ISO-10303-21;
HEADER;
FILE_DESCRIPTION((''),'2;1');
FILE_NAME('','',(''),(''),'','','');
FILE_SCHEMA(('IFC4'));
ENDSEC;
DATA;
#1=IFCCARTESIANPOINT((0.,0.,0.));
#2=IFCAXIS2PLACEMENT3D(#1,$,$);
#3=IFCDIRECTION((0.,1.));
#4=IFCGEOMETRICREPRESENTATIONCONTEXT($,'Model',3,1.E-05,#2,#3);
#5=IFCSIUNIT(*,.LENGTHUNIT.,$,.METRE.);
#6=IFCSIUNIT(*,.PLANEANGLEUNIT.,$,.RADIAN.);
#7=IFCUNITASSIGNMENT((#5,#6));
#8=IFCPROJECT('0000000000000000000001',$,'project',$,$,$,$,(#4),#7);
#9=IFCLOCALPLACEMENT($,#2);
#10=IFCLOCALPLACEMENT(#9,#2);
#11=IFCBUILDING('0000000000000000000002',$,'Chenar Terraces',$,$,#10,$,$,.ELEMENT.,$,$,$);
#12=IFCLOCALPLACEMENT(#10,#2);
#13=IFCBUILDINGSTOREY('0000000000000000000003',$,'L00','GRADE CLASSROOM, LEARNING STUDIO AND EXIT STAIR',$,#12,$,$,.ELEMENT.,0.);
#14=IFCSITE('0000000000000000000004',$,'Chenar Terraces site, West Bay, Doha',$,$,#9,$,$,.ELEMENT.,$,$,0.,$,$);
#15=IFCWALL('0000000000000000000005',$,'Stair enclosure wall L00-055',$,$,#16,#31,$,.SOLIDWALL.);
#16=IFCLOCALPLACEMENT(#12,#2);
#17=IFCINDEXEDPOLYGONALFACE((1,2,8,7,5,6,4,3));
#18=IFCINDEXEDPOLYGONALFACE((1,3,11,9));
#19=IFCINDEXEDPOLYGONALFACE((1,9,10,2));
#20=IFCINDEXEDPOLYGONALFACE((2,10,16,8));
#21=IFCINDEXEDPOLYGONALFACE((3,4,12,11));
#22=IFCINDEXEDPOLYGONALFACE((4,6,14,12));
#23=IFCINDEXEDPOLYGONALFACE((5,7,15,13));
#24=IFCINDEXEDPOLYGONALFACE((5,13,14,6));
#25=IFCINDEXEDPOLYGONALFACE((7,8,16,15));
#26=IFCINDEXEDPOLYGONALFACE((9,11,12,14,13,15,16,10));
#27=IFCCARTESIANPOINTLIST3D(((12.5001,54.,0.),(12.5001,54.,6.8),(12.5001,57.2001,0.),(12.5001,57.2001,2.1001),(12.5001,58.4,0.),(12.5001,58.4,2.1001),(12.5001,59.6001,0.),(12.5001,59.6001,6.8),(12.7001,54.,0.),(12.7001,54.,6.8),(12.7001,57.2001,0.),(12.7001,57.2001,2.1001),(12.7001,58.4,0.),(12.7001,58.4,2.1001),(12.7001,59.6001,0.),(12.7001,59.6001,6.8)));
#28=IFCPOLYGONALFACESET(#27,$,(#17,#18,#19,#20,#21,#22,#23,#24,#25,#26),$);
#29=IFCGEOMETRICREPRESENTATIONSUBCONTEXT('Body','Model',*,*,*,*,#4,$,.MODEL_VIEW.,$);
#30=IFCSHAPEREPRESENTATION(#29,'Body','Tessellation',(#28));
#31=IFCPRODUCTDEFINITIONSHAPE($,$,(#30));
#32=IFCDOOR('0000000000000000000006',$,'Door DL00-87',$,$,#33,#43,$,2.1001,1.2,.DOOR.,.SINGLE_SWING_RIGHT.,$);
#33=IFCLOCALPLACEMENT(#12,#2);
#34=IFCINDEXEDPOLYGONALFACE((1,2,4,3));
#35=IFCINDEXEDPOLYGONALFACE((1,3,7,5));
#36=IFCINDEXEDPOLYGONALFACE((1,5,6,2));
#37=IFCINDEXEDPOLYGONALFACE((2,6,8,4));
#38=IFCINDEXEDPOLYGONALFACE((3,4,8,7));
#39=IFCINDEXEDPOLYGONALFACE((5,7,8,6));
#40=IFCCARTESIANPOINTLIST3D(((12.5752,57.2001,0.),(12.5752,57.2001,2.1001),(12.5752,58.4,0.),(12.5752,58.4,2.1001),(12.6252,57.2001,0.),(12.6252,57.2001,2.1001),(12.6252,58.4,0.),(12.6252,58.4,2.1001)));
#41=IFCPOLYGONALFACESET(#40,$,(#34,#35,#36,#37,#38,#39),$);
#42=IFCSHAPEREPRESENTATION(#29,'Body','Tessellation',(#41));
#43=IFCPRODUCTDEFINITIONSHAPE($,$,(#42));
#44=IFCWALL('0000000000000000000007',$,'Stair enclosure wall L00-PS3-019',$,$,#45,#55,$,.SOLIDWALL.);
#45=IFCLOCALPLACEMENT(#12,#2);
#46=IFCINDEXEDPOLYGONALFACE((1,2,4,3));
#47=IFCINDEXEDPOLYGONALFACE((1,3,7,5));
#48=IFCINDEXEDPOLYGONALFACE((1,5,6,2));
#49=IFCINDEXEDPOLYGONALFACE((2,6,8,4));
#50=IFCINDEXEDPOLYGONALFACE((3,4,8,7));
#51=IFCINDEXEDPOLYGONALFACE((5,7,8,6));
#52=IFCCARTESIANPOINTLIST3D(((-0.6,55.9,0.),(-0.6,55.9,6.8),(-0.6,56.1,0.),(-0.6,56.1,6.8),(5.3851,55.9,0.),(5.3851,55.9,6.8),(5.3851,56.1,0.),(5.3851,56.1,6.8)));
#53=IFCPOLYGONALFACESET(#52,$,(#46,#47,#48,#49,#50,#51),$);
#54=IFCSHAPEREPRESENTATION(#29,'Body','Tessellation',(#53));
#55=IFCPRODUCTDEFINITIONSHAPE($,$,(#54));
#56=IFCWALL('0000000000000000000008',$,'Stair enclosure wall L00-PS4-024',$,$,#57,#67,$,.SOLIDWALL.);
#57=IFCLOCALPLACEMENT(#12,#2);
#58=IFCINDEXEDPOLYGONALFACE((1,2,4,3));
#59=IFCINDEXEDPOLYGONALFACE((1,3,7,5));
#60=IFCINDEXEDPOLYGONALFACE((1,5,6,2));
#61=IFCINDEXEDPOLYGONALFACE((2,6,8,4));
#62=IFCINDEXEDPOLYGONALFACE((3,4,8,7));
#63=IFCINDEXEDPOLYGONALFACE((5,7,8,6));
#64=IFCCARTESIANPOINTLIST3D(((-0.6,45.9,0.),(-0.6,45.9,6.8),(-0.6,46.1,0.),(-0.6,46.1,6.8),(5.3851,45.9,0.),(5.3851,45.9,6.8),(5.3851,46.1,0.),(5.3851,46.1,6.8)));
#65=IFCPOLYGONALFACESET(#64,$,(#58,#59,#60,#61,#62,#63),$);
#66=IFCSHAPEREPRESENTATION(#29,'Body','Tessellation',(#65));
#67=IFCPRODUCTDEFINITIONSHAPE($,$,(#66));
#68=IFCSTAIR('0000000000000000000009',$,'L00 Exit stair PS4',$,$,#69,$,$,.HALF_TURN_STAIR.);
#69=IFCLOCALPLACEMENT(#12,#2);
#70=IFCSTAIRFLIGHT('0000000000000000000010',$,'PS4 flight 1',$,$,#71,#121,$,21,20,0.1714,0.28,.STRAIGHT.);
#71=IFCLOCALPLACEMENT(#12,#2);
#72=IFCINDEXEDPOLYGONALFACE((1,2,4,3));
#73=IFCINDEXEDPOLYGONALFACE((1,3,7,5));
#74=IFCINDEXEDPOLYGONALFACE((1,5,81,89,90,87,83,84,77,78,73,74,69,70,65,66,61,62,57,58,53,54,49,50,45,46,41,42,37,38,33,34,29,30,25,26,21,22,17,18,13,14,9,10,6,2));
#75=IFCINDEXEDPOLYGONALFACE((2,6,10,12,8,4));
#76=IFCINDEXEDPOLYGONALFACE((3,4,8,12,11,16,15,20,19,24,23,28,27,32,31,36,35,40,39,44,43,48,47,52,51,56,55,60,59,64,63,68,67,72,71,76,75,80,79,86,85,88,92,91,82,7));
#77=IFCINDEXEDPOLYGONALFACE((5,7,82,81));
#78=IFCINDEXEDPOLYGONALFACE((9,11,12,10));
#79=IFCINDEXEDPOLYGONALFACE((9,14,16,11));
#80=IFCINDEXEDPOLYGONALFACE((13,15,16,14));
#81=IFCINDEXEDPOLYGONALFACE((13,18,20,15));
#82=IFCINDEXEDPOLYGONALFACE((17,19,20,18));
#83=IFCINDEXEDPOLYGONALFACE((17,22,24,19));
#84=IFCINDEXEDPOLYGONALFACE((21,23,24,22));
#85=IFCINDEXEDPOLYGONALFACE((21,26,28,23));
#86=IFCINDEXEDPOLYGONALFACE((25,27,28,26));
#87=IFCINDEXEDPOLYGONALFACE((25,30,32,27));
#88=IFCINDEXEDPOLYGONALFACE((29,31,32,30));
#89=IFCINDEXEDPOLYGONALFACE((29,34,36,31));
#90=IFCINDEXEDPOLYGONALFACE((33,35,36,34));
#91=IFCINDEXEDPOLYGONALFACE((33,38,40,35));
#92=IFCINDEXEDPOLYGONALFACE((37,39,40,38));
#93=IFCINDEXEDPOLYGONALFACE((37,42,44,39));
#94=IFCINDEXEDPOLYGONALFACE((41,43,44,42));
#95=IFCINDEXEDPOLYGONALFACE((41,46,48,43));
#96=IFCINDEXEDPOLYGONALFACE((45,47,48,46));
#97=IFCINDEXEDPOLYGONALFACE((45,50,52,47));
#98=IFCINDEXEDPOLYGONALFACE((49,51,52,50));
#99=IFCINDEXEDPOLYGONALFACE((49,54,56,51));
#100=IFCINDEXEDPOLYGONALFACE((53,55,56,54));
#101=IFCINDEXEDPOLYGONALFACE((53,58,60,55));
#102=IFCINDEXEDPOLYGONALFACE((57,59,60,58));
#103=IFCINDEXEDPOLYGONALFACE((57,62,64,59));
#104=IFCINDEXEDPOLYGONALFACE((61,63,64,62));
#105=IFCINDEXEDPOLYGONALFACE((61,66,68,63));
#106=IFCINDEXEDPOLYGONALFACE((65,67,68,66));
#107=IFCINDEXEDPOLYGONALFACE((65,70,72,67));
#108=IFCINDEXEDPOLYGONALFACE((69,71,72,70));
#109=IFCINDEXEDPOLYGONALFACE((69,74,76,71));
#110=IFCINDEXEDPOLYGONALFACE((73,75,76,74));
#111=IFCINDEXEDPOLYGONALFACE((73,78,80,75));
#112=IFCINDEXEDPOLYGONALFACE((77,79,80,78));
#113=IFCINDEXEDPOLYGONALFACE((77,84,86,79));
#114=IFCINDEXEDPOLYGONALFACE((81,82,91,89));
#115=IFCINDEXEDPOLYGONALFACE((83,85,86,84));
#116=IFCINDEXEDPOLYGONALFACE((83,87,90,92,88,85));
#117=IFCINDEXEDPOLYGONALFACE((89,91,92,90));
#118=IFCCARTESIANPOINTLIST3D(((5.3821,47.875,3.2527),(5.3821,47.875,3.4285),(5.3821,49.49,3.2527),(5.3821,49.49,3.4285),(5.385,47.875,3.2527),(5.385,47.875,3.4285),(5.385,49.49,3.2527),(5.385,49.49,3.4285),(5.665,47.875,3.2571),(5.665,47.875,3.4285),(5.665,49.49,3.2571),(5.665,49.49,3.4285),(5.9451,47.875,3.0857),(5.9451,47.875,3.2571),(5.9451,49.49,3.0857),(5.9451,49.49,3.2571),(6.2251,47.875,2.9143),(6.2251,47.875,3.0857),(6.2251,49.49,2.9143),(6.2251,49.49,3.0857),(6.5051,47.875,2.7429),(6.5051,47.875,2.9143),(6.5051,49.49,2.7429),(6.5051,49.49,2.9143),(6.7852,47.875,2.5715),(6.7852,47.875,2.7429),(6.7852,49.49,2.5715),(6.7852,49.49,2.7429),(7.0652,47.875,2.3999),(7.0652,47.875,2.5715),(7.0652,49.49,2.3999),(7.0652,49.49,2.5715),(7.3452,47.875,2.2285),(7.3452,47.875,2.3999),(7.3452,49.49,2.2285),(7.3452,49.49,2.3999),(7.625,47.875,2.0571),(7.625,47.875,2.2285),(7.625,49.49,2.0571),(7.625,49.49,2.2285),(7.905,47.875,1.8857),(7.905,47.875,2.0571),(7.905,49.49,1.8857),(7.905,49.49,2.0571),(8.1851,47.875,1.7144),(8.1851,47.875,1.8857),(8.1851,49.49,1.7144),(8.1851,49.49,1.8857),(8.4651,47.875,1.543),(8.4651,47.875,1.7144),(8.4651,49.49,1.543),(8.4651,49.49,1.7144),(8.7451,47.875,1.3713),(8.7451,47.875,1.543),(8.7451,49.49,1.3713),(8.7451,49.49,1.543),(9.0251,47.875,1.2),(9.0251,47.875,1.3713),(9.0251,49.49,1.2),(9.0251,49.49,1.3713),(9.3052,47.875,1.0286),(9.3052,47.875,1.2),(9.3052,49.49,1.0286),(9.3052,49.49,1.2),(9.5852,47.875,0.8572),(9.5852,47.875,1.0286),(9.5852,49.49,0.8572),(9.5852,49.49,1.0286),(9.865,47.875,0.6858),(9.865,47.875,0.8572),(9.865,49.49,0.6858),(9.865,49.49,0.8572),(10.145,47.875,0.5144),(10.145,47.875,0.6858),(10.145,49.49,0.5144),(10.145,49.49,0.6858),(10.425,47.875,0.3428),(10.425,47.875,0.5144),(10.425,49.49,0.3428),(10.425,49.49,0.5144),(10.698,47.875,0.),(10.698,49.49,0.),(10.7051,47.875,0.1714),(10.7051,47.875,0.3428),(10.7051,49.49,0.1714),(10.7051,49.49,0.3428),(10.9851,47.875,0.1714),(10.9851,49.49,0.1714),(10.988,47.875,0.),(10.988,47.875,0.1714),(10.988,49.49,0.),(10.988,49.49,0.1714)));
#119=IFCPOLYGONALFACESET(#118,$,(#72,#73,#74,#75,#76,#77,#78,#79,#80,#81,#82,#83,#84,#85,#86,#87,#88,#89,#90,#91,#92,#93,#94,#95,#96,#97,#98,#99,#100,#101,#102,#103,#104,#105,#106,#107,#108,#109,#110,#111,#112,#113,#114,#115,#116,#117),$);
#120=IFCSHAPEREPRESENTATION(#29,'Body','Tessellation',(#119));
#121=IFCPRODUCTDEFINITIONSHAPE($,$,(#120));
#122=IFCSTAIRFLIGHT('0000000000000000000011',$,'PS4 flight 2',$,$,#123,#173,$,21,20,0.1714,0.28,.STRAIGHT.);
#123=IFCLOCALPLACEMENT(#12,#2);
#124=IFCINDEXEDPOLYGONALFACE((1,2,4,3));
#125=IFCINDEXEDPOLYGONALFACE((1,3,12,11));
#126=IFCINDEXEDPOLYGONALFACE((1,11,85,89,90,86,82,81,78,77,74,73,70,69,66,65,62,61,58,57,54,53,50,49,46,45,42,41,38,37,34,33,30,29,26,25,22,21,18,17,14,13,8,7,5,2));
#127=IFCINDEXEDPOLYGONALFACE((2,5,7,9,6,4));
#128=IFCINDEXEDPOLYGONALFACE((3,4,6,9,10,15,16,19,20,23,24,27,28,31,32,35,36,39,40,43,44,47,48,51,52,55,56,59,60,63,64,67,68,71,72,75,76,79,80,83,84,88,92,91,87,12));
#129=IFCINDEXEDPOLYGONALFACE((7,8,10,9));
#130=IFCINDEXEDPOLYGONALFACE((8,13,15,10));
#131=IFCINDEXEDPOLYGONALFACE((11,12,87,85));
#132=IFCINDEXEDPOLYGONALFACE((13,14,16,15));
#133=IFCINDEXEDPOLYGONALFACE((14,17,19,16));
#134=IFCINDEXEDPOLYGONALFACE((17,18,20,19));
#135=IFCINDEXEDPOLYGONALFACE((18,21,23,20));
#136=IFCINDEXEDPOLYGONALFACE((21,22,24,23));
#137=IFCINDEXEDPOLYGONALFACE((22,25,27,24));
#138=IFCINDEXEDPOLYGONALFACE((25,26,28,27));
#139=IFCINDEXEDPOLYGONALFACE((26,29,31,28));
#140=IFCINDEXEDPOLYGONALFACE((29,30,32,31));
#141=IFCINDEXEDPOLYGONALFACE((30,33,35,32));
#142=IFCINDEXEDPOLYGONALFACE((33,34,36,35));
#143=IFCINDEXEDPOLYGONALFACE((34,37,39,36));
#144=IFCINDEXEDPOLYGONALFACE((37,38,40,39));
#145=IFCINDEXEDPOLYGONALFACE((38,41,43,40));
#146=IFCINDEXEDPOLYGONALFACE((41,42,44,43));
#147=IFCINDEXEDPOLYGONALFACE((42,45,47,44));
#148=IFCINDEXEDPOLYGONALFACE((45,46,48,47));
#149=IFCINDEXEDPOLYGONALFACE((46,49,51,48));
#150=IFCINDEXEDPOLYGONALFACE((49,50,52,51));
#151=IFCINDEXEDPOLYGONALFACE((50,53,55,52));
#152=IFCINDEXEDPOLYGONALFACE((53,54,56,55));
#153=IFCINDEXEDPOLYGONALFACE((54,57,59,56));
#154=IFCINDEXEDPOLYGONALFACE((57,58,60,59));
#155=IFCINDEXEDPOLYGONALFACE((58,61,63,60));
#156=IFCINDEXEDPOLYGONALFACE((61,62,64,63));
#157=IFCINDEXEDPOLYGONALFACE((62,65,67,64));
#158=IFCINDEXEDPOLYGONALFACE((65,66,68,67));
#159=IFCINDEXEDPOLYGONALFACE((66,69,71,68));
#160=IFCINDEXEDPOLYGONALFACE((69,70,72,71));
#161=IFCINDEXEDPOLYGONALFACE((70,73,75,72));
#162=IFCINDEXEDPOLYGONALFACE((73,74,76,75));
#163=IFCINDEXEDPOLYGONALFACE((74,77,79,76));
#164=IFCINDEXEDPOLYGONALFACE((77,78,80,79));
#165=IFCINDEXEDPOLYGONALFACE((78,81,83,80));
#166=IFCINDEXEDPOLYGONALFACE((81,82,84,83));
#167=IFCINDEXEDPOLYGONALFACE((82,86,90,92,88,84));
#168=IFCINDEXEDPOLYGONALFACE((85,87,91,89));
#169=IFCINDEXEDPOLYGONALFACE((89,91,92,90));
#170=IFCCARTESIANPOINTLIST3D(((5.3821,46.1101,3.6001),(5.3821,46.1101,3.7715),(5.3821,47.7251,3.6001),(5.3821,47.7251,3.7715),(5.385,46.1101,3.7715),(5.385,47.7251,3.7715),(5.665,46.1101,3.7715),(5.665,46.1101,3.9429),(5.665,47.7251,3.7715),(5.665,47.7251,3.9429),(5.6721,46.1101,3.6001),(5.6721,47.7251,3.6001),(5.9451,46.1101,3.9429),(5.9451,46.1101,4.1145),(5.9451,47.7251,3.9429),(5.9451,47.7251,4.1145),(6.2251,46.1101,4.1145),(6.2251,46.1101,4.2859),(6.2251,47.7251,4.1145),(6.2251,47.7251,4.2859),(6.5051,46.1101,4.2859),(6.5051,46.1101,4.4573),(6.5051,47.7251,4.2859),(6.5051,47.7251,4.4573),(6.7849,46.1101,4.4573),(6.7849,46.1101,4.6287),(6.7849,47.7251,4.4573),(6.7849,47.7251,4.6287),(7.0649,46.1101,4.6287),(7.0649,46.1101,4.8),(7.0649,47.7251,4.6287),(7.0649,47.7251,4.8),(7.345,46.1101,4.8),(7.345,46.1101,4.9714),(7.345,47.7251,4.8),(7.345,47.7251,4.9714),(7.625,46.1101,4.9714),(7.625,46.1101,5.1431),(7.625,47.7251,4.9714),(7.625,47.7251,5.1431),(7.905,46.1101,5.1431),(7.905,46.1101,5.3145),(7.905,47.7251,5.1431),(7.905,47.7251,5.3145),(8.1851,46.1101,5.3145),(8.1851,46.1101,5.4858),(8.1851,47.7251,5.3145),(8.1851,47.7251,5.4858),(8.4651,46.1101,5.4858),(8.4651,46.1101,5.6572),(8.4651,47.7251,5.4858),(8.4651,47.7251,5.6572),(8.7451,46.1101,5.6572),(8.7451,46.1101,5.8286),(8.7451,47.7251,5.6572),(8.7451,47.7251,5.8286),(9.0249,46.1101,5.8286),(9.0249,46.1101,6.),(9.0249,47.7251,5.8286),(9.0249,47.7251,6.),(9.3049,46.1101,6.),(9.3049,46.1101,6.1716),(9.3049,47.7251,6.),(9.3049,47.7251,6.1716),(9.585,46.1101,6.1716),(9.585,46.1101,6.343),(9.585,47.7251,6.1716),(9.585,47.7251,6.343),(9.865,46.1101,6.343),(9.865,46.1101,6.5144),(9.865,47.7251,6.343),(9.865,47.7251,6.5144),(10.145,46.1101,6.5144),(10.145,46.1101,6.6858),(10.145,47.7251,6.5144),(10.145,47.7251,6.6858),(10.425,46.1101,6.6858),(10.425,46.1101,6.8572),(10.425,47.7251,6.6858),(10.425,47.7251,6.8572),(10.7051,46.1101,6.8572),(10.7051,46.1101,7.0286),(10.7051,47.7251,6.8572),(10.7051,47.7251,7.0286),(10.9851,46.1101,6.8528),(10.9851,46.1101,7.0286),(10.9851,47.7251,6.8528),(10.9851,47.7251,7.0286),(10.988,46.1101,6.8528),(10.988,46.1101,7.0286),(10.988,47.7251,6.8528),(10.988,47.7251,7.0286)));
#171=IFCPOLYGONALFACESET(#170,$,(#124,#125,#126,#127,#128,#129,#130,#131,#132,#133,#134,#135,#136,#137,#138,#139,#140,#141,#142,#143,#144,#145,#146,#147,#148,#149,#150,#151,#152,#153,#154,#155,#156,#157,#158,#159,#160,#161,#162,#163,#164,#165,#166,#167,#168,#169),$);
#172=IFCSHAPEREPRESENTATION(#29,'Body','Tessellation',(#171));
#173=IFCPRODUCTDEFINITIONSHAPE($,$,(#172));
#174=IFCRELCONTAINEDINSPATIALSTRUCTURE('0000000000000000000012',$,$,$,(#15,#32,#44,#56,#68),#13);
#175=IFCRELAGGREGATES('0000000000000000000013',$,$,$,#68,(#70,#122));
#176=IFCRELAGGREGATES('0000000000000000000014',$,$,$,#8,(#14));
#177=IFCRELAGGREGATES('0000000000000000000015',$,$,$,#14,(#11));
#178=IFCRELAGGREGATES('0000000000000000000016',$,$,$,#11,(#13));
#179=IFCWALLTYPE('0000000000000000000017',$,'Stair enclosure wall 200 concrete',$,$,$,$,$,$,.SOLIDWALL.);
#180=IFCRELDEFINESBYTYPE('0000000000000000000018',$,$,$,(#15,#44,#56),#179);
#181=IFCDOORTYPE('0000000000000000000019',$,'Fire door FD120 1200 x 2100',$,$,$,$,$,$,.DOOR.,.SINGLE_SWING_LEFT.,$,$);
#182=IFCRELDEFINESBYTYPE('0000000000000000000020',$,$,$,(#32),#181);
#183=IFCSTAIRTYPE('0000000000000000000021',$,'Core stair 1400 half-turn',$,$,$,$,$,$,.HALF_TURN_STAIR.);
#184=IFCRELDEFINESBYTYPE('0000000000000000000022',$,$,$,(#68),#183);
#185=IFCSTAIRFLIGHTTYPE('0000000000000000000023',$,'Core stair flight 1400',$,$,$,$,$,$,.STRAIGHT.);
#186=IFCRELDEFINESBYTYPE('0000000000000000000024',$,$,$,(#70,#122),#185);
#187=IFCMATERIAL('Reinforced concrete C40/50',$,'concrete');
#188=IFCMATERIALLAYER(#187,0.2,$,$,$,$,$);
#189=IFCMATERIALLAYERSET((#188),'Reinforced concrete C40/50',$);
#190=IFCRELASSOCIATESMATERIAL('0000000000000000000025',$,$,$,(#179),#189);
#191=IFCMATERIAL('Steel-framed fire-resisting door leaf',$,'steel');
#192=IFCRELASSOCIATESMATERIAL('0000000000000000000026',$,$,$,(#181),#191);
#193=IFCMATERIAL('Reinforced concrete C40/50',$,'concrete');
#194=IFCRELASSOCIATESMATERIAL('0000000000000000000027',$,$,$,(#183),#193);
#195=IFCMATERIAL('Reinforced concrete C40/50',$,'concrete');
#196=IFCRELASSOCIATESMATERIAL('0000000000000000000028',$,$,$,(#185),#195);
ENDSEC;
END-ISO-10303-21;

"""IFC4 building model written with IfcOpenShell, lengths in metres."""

from ifc_helpers import new_model, si_unit, direction, frame, frame_2d, origin, place, context, subcontext, project, spatial, polyline, rectangle, outline, extrude, material, layer, layer_set, type_object, element, fill, aggregate, save


model = new_model("IFC4")

# Units and contexts
model_context = context("Model", 3, precision=1e-05, world=origin(), true_north=direction((0.0, 1.0)))
body_context = subcontext(model_context, "Body", "Model", "MODEL_VIEW")
ifc_project = project(units=[si_unit("LENGTHUNIT", "METRE"), si_unit("PLANEANGLEUNIT", "RADIAN")], contexts=[model_context])

# Site, building, storey
site_placement = place(None, origin())
site = spatial("IfcSite", under=ifc_project, at=site_placement, Name="Chenar Terraces site, West Bay, Doha", CompositionType="ELEMENT", RefElevation=0.0)
building_placement = place(site_placement, origin())
building = spatial("IfcBuilding", under=site, at=building_placement, Name="Chenar Terraces", CompositionType="ELEMENT")
storey_placement = place(building_placement, origin())
storey = spatial("IfcBuildingStorey", under=building, at=storey_placement, Name="L00", Description="GRADE CLASSROOM, LEARNING STUDIO AND EXIT STAIR", CompositionType="ELEMENT", Elevation=0.0)

# Shared definitions
ifc_material_1 = material(Name="Reinforced concrete C40/50", Category="concrete")
ifc_layer_1 = layer(ifc_material_1, 0.2)
ifc_layer_set_1 = layer_set([ifc_layer_1], Name="Reinforced concrete C40/50")
wall_type_1 = type_object("IfcWallType", Name="Stair enclosure wall 200 concrete", PredefinedType="SOLIDWALL", material=ifc_layer_set_1)

# Wall, opening, door
ifc_material_2 = material(Name="Steel-framed fire-resisting door leaf", Category="steel")
door_type_1 = type_object("IfcDoorType", Name="Fire door FD120 1200 x 2100", OperationType="SINGLE_SWING_LEFT", PredefinedType="DOOR", material=ifc_material_2)
wall_1_placement = place(storey_placement, frame((12.6001, 54.0, 0.0), z_axis=(0.0, 0.0, 1.0), x_axis=(0.0, 1.0, 0.0)))
wall_1 = element("IfcWall", 1, at=wall_1_placement, inside=storey, type_object=wall_type_1, Name="Stair enclosure wall L00-055", PredefinedType="SOLIDWALL", context=body_context, shape_type="SweptSolid", body=[
    extrude(rectangle(XDim=5.6001, YDim=0.2, at=frame_2d((2.8, 0.0))), origin(), (0.0, 0.0, 1.0), 6.8),
])
opening_1_placement = place(wall_1_placement, frame((3.2, 0.0, 0.0)))
opening_1 = element("IfcOpeningElement", 2, at=opening_1_placement, cuts=wall_1, PredefinedType="OPENING", context=body_context, shape_type="SweptSolid", body=[
    extrude(rectangle(XDim=1.2, YDim=2.1001, at=frame_2d((0.6001, 1.05))), frame((0.0, 0.1099, 0.0), z_axis=(0.0, -1.0, 0.0), x_axis=(1.0, 0.0, 0.0)), (0.0, 0.0, 1.0), 0.22),
])
door_1_placement = place(opening_1_placement, origin())
door_1 = element("IfcDoor", 3, at=door_1_placement, inside=storey, type_object=door_type_1, Name="Door DL00-87", OperationType="SINGLE_SWING_RIGHT", OverallHeight=2.1001, OverallWidth=1.2, PredefinedType="DOOR", context=body_context, shape_type="SweptSolid", body=[
    extrude(rectangle(XDim=1.2, YDim=2.1001, at=frame_2d((0.6001, 1.05))), frame((0.0, 0.0249, 0.0), z_axis=(0.0, -1.0, 0.0), x_axis=(1.0, 0.0, 0.0)), (0.0, 0.0, 1.0), 0.05),
])
fill(opening_1, door_1)

# Walls
for number, where, z_axis, x_axis, name in (
    (4, (-0.6001, 56.0, 0.0), (0.0, 0.0, 1.0), (1.0, 0.0, 0.0), "Stair enclosure wall L00-PS3-019"),
    (5, (-0.6001, 46.0, 0.0), (0.0, 0.0, 1.0), (1.0, 0.0, 0.0), "Stair enclosure wall L00-PS4-024"),
):
    element("IfcWall", number, at=place(storey_placement, frame(where, z_axis=z_axis, x_axis=x_axis)), inside=storey, type_object=wall_type_1, Name=name, PredefinedType="SOLIDWALL", context=body_context, shape_type="SweptSolid", body=[
        extrude(rectangle(XDim=5.9851, YDim=0.2, at=frame_2d((2.9927, 0.0))), origin(), (0.0, 0.0, 1.0), 6.8),
    ])

# Stair, stair flights
ifc_material_3 = material(Name="Reinforced concrete C40/50", Category="concrete")
stair_type = type_object("IfcStairType", Name="Core stair 1400 half-turn", PredefinedType="HALF_TURN_STAIR", material=ifc_material_3)
stair_placement = place(storey_placement, origin())
stair = element("IfcStair", 6, at=stair_placement, inside=storey, type_object=stair_type, Name="L00 Exit stair PS4", PredefinedType="HALF_TURN_STAIR")
ifc_material_4 = material(Name="Reinforced concrete C40/50", Category="concrete")
stair_flight_type = type_object("IfcStairFlightType", Name="Core stair flight 1400", PredefinedType="STRAIGHT", material=ifc_material_4)
stair_flight_1_placement = place(storey_placement, frame((10.9851, 48.6826, 0.0), z_axis=(0.0, 0.0, 1.0), x_axis=(-1.0, 0.0, 0.0)))
stair_flight_1 = element("IfcStairFlight", 7, at=stair_flight_1_placement, type_object=stair_flight_type, Name="PS4 flight 1", NumberOfRisers=21, NumberOfTreads=20, PredefinedType="STRAIGHT", RiserHeight=0.1714, TreadLength=0.28, context=body_context, shape_type="SweptSolid", body=[
    extrude(outline(polyline([(-0.0029, 0.0), (-0.0029, 0.1714), (0.0, 0.1714), (0.28, 0.1714), (0.28, 0.3428), (0.5601, 0.3428), (0.5601, 0.5144), (0.8401, 0.5144), (0.8401, 0.6858), (1.1201, 0.6858), (1.1201, 0.8572), (1.3999, 0.8572), (1.3999, 1.0286), (1.6799, 1.0286), (1.6799, 1.2), (1.96, 1.2), (1.96, 1.3713), (2.24, 1.3713), (2.24, 1.543), (2.52, 1.543), (2.52, 1.7144), (2.8, 1.7144), (2.8, 1.8857), (3.0801, 1.8857), (3.0801, 2.0571), (3.3601, 2.0571), (3.3601, 2.2285), (3.6399, 2.2285), (3.6399, 2.3999), (3.9199, 2.3999), (3.9199, 2.5715), (4.2, 2.5715), (4.2, 2.7429), (4.48, 2.7429), (4.48, 2.9143), (4.76, 2.9143), (4.76, 3.0857), (5.04, 3.0857), (5.04, 3.2571), (5.3201, 3.2571), (5.3201, 3.4285), (5.6001, 3.4285), (5.603, 3.4285), (5.603, 3.2527), (5.6001, 3.2527), (0.2871, 0.0), (-0.0029, 0.0)])), frame((0.0, 0.8076, 0.0), z_axis=(0.0, -1.0, 0.0), x_axis=(1.0, 0.0, 0.0)), (0.0, 0.0, 1.0), 1.615),
])
stair_flight_2_placement = place(storey_placement, frame((5.385, 46.9175, 3.6001), z_axis=(0.0, 0.0, 1.0), x_axis=(1.0, 0.0, 0.0)))
stair_flight_2 = element("IfcStairFlight", 8, at=stair_flight_2_placement, type_object=stair_flight_type, Name="PS4 flight 2", NumberOfRisers=21, NumberOfTreads=20, PredefinedType="STRAIGHT", RiserHeight=0.1714, TreadLength=0.28, context=body_context, shape_type="SweptSolid", body=[
    extrude(outline(polyline([(-0.0029, 0.0), (-0.0029, 0.1714), (0.0, 0.1714), (0.28, 0.1714), (0.28, 0.3428), (0.5601, 0.3428), (0.5601, 0.5144), (0.8401, 0.5144), (0.8401, 0.6858), (1.1201, 0.6858), (1.1201, 0.8572), (1.3999, 0.8572), (1.3999, 1.0286), (1.6799, 1.0286), (1.6799, 1.2), (1.96, 1.2), (1.96, 1.3713), (2.24, 1.3713), (2.24, 1.543), (2.52, 1.543), (2.52, 1.7144), (2.8, 1.7144), (2.8, 1.8857), (3.0801, 1.8857), (3.0801, 2.0571), (3.3601, 2.0571), (3.3601, 2.2285), (3.6399, 2.2285), (3.6399, 2.3999), (3.9199, 2.3999), (3.9199, 2.5715), (4.2, 2.5715), (4.2, 2.7429), (4.48, 2.7429), (4.48, 2.9143), (4.76, 2.9143), (4.76, 3.0857), (5.04, 3.0857), (5.04, 3.2571), (5.3201, 3.2571), (5.3201, 3.4285), (5.6001, 3.4285), (5.603, 3.4285), (5.603, 3.2527), (5.6001, 3.2527), (0.2871, 0.0), (-0.0029, 0.0)])), frame((0.0, 0.8076, 0.0), z_axis=(0.0, -1.0, 0.0), x_axis=(1.0, 0.0, 0.0)), (0.0, 0.0, 1.0), 1.615),
])
aggregate(stair, [stair_flight_1, stair_flight_2])

save(model, "model.ifc")
